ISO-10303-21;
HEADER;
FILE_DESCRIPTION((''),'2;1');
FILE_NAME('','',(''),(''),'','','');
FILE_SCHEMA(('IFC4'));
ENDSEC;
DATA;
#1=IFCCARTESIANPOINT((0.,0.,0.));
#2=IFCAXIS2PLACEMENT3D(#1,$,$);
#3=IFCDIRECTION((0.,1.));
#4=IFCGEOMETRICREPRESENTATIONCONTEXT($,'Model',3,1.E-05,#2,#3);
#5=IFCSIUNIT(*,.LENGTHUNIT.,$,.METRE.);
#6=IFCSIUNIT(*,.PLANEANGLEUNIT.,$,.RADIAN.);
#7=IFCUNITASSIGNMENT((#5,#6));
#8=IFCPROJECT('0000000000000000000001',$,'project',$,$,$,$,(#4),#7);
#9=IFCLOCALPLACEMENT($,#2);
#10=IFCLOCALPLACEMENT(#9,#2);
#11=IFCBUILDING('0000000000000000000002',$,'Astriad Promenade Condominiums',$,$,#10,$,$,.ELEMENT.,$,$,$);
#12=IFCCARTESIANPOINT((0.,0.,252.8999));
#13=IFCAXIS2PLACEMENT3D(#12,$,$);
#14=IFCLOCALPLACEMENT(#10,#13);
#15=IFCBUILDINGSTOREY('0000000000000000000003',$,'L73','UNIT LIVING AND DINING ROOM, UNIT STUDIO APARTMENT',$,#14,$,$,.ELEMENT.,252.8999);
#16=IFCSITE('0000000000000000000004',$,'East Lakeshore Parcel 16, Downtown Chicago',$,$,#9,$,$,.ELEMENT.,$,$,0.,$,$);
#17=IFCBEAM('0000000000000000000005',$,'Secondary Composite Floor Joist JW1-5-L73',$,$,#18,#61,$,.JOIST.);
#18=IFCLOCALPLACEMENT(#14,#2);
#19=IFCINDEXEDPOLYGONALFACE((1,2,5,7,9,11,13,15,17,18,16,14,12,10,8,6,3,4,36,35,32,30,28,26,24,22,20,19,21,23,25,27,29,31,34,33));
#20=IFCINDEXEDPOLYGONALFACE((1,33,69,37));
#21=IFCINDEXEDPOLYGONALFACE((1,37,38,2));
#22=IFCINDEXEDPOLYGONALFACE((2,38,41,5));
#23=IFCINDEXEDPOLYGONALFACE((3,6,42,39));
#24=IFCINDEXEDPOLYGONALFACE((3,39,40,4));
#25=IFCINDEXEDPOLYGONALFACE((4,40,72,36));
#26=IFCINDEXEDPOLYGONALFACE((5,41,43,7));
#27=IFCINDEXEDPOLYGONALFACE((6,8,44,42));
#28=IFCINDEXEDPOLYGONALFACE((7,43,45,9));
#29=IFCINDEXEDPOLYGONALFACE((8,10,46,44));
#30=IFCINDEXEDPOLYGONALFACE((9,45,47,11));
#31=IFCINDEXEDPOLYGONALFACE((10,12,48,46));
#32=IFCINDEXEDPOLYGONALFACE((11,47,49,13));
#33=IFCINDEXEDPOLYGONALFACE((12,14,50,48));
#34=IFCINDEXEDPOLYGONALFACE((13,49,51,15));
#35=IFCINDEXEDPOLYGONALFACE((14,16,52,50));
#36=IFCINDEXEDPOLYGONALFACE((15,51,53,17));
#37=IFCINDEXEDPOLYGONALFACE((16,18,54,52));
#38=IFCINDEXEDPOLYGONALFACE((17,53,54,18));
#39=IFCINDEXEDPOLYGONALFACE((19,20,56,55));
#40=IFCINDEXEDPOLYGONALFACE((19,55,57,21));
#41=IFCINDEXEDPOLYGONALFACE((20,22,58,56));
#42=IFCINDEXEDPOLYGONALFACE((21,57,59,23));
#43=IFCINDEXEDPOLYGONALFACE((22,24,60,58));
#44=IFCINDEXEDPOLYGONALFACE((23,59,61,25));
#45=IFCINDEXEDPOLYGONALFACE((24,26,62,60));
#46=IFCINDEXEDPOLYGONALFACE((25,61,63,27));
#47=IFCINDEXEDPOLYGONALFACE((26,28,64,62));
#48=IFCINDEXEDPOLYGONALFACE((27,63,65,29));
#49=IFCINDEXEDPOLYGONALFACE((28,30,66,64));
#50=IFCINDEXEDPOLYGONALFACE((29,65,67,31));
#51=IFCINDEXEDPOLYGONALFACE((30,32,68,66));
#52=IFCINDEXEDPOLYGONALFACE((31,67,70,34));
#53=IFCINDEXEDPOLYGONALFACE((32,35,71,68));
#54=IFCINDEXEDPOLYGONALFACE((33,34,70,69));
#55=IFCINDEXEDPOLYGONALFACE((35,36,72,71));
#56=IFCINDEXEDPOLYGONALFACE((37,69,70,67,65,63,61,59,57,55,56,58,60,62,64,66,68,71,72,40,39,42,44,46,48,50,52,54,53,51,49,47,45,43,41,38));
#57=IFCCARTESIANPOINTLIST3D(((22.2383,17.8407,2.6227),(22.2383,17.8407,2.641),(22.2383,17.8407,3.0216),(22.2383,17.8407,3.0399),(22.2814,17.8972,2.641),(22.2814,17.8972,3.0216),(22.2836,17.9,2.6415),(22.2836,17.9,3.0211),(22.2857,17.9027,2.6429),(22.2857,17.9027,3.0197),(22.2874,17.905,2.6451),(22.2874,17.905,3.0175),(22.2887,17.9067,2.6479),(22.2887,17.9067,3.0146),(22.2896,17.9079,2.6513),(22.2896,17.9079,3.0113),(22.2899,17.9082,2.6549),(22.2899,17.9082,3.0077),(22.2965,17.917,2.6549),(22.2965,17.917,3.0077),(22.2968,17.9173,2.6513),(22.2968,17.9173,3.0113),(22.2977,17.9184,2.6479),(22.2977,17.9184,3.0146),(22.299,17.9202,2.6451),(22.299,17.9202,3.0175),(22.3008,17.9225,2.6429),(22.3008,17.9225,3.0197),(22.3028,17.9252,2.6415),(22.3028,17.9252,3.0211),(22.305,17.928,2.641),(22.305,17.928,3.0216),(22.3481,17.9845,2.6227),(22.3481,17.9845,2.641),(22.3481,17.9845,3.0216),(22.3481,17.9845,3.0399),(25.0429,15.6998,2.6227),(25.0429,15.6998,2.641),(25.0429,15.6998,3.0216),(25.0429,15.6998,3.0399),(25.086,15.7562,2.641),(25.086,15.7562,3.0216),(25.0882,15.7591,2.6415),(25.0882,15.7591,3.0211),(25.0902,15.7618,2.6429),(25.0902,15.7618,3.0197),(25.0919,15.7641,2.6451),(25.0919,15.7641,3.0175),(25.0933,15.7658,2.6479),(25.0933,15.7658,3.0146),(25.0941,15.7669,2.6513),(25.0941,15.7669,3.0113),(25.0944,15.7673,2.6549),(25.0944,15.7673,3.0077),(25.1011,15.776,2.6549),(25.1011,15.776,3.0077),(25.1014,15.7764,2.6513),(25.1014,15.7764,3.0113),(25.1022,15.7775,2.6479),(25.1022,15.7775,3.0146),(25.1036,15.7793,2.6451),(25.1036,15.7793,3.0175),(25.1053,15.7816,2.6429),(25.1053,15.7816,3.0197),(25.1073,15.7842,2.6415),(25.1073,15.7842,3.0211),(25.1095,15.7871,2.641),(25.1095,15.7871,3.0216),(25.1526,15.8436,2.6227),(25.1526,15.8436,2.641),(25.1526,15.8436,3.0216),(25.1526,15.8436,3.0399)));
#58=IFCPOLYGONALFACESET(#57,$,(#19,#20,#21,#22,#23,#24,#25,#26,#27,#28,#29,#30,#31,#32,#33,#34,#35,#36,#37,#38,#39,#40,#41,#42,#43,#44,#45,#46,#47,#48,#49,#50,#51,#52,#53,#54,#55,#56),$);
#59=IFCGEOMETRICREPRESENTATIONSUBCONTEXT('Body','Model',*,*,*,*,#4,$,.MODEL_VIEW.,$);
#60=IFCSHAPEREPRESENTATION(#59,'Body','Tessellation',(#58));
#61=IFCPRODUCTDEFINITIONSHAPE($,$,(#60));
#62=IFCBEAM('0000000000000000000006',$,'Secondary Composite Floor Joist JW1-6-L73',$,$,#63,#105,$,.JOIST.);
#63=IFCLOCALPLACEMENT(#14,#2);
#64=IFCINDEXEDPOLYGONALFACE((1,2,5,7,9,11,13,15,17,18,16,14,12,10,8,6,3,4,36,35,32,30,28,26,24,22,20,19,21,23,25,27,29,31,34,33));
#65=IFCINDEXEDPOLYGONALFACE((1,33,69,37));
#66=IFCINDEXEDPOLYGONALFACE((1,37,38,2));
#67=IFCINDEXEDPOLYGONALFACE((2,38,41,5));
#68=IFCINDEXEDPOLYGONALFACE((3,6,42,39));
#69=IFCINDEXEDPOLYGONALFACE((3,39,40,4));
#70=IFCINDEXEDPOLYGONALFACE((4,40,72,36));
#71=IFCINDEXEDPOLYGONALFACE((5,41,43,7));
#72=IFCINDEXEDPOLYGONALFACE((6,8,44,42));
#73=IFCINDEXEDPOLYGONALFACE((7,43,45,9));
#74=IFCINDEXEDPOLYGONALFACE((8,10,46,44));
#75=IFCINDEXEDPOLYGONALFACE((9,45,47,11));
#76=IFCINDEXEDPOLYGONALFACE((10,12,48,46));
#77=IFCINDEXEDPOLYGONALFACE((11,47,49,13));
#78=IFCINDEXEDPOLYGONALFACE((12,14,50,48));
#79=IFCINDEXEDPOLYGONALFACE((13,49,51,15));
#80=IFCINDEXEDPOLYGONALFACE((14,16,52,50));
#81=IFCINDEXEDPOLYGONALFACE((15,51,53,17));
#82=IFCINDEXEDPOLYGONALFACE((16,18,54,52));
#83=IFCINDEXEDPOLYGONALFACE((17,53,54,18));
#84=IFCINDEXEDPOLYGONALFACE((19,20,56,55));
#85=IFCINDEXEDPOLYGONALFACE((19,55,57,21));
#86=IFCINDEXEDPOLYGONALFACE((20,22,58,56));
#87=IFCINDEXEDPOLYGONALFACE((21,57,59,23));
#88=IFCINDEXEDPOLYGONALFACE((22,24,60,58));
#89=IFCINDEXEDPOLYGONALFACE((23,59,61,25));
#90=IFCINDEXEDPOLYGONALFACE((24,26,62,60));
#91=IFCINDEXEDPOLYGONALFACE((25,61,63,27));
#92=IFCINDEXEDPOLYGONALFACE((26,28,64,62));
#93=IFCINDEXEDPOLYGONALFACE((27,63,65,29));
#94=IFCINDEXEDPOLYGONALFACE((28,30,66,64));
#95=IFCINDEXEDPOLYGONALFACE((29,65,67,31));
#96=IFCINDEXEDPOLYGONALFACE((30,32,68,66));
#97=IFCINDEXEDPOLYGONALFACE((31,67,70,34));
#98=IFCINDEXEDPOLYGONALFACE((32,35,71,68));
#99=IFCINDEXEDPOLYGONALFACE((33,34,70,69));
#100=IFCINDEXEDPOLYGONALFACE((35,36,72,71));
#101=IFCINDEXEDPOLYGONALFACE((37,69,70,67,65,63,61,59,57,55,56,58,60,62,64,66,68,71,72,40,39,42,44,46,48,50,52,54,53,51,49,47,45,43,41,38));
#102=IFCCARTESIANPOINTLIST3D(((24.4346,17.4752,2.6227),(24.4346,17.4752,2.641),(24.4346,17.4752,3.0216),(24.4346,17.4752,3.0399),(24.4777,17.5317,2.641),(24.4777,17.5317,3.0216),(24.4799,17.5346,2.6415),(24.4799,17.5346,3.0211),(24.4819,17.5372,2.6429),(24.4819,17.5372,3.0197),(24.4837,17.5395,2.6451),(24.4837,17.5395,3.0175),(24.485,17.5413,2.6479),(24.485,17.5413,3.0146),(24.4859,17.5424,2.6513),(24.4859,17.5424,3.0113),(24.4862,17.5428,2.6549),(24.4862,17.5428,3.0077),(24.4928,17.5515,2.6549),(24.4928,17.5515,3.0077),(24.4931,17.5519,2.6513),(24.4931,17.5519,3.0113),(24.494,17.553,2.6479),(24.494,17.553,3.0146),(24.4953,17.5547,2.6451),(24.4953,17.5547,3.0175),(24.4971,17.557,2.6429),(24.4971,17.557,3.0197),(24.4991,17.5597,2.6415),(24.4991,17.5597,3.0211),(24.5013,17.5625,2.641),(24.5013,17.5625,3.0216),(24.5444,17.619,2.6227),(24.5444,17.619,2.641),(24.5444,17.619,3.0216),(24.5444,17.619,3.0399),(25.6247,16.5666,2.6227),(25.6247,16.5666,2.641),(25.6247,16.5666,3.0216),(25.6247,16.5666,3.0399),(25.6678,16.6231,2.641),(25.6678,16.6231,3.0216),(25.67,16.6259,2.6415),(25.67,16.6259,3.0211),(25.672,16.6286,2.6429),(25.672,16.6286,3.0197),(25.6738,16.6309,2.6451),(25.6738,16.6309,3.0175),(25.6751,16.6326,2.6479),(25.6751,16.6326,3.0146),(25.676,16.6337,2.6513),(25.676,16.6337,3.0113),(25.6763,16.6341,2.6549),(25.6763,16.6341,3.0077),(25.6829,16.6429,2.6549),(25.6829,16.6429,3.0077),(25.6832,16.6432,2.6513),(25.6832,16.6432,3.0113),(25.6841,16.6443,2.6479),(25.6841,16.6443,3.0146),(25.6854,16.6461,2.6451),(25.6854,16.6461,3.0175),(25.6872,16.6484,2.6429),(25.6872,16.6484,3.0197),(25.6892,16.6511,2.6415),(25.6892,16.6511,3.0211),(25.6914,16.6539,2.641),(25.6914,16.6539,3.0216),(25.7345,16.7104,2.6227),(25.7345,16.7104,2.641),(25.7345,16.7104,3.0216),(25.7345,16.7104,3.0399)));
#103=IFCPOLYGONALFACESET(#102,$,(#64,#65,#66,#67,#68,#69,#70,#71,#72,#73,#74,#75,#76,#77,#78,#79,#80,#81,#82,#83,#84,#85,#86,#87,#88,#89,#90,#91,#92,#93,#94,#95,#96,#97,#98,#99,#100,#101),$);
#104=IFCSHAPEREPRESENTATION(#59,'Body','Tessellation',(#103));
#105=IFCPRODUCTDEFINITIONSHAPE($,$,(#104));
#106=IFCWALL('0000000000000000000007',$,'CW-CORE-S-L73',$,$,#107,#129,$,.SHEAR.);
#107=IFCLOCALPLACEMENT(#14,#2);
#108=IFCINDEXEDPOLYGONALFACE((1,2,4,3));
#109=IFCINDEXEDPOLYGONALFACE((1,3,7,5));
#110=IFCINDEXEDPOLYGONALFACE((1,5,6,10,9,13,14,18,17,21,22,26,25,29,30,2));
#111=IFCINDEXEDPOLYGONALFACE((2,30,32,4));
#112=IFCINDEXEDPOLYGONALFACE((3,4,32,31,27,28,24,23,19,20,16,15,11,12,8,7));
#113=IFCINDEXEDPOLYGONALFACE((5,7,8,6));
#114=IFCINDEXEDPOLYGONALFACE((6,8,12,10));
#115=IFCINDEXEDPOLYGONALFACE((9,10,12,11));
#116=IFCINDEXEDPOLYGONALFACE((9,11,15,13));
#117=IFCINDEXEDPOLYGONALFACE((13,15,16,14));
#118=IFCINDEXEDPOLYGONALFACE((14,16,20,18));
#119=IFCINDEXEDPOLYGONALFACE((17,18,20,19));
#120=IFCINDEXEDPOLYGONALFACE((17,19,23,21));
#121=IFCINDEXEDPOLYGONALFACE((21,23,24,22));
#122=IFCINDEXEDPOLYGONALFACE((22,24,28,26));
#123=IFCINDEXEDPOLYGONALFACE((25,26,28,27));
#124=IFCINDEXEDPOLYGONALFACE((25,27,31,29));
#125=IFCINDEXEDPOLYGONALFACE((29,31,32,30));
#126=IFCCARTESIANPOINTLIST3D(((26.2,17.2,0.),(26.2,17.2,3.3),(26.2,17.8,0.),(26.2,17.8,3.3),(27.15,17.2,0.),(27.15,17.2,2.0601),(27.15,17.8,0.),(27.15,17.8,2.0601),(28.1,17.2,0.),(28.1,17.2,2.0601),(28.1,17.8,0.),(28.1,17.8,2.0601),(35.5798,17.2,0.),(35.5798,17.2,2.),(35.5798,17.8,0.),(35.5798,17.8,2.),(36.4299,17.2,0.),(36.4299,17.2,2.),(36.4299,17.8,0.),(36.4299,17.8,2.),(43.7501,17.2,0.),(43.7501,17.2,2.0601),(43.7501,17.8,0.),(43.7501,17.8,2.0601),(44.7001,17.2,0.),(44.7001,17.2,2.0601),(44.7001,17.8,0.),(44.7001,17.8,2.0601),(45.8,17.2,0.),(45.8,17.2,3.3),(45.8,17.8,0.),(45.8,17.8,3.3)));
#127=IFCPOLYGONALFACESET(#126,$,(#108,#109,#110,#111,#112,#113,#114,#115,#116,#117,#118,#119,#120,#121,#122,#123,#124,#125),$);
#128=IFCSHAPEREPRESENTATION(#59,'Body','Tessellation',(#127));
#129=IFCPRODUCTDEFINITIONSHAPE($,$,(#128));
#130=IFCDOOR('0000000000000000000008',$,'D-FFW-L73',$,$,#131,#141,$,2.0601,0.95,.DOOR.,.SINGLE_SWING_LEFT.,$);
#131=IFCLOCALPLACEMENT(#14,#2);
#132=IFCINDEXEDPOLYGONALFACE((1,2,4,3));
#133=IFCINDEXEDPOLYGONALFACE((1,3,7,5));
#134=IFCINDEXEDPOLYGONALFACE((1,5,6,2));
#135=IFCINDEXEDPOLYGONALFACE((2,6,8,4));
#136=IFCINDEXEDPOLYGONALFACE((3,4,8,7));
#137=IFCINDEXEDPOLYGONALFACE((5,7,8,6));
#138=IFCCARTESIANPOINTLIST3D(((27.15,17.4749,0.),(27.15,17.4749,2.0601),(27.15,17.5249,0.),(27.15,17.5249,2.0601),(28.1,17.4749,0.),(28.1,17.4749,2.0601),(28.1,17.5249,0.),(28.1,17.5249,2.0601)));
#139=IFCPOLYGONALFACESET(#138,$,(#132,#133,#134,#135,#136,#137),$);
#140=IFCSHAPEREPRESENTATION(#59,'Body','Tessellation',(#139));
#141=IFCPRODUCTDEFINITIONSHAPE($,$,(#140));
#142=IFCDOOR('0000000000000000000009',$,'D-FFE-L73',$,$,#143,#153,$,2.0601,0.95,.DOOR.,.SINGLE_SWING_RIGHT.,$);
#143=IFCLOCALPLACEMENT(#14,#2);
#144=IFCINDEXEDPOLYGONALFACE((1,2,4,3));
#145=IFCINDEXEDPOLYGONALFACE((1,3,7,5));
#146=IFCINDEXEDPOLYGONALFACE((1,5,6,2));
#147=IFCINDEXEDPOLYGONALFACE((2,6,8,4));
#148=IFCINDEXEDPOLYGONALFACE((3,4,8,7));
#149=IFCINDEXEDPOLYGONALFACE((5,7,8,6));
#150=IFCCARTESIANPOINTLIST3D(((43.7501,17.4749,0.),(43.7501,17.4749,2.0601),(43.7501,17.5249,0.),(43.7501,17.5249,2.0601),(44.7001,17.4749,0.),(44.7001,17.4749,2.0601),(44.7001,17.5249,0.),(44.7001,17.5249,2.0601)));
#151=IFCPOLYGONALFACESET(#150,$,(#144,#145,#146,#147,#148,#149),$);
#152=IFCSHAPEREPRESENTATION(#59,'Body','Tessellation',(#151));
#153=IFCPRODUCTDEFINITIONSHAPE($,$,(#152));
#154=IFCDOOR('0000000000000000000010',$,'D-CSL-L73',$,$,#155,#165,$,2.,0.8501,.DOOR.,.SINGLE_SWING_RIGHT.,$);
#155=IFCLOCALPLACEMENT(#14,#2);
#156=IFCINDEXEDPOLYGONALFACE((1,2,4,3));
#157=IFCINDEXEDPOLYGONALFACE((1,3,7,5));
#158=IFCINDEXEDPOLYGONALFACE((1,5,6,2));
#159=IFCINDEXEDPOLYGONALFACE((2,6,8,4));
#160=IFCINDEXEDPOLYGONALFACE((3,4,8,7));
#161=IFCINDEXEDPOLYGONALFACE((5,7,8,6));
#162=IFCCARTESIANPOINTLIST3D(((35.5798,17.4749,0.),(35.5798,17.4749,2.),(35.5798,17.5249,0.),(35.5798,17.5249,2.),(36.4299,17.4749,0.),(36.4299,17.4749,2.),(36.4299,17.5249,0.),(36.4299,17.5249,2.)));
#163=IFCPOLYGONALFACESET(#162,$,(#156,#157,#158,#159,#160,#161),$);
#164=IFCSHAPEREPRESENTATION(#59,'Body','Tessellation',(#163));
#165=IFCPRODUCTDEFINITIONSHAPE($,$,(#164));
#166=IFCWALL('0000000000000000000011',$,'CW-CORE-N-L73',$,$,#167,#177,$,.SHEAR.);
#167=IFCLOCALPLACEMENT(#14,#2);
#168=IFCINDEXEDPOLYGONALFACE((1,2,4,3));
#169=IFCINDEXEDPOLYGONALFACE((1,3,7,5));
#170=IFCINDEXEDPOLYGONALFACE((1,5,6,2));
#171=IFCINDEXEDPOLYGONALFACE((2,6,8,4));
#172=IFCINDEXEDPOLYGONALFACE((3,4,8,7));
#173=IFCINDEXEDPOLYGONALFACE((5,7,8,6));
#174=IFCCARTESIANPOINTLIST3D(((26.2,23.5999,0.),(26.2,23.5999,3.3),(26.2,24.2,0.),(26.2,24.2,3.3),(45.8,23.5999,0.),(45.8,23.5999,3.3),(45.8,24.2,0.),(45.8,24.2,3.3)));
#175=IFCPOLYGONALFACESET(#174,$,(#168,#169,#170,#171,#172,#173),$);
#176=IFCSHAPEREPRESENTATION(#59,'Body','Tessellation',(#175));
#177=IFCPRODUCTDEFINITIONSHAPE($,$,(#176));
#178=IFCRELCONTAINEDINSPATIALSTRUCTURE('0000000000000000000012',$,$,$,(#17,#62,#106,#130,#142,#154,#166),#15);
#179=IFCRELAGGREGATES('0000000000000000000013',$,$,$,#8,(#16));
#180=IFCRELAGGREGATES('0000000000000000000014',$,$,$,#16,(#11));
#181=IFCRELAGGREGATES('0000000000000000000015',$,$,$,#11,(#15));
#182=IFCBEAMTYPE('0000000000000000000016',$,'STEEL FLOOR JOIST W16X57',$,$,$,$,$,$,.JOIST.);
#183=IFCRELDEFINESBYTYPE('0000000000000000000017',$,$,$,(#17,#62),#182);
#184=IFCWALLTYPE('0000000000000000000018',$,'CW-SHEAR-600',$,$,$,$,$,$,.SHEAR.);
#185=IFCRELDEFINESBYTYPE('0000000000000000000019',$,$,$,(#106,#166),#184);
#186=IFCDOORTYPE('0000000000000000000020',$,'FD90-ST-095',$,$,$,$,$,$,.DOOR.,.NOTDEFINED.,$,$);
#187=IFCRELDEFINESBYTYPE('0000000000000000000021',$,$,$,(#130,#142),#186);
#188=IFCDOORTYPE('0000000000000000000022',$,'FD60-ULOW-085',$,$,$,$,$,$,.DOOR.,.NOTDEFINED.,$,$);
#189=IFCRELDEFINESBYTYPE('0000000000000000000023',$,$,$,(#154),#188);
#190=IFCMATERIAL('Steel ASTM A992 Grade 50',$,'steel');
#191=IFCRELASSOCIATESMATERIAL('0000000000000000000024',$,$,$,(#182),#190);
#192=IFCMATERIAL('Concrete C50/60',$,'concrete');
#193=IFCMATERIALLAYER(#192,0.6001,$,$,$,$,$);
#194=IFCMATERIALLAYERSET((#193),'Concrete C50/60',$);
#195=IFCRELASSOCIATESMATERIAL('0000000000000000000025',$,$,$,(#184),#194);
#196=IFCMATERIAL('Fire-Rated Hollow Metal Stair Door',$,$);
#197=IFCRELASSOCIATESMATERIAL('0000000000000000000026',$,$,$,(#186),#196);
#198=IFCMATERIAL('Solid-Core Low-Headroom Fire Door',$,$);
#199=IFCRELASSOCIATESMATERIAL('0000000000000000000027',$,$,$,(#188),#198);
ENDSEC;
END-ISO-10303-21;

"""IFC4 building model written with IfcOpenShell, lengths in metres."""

from ifc_helpers import new_model, si_unit, direction, frame, frame_2d, origin, origin_2d, place, context, subcontext, project, spatial, rectangle, i_section, extrude, source, transform, mapped, material, layer, layer_set, material_profile, profile_set, type_object, type_shapes, element, fill, save


model = new_model("IFC4")

# Units and contexts
model_context = context("Model", 3, precision=1e-05, world=origin(), true_north=direction((0.0, 1.0)))
body_context = subcontext(model_context, "Body", "Model", "MODEL_VIEW")
ifc_project = project(units=[si_unit("LENGTHUNIT", "METRE"), si_unit("PLANEANGLEUNIT", "RADIAN")], contexts=[model_context])

# Site, building, storey
site_placement = place(None, origin())
site = spatial("IfcSite", under=ifc_project, at=site_placement, Name="East Lakeshore Parcel 16, Downtown Chicago", CompositionType="ELEMENT", RefElevation=0.0)
building_placement = place(site_placement, origin())
building = spatial("IfcBuilding", under=site, at=building_placement, Name="Astriad Promenade Condominiums", CompositionType="ELEMENT")
storey_placement = place(building_placement, frame((0.0, 0.0, 252.8999)))
storey = spatial("IfcBuildingStorey", under=building, at=storey_placement, Name="L73", Description="UNIT LIVING AND DINING ROOM, UNIT STUDIO APARTMENT", CompositionType="ELEMENT", Elevation=252.8999)

# Shared definitions
ifc_material_1 = material(Name="Steel ASTM A992 Grade 50", Category="steel")
ifc_material_2 = material(Name="Concrete C50/60", Category="concrete")

# Beams
ifc_material_profile_1 = material_profile(ifc_material_1, i_section(OverallWidth=0.1809, OverallDepth=0.4172, WebThickness=0.011, FlangeThickness=0.0183, FilletRadius=0.0139, at=origin_2d()), Name="W16X57")
ifc_profile_set_1 = profile_set([ifc_material_profile_1], Name="Steel ASTM A992 Grade 50")
beam_type_1 = type_object("IfcBeamType", Name="STEEL FLOOR JOIST W16X57", PredefinedType="JOIST", material=ifc_profile_set_1)
shared_shape_1 = source(origin(), body_context, "Body", "SweptSolid", [
    extrude(i_section(OverallWidth=0.1809, OverallDepth=0.4172, WebThickness=0.011, FlangeThickness=0.0183, FilletRadius=0.0139, at=origin_2d()), origin(), (0.0, 0.0, 1.0), 3.5283),
])
beam_1_placement = place(storey_placement, frame((22.2932, 17.9126, 2.8313), z_axis=(0.794864, -0.606787, 0.0), x_axis=(0.606787, 0.794864, 0.0)))
element("IfcBeam", 1, at=beam_1_placement, inside=storey, type_object=beam_type_1, Name="Secondary Composite Floor Joist JW1-5-L73", PredefinedType="JOIST", context=body_context, shape_type="MappedRepresentation", body=[
    mapped(shared_shape_1, transform((0.0, 0.0, 0.0), scale=1.0)),
])
shared_shape_2 = source(origin(), body_context, "Body", "SweptSolid", [
    extrude(i_section(OverallWidth=0.1809, OverallDepth=0.4172, WebThickness=0.011, FlangeThickness=0.0183, FilletRadius=0.0139, at=origin_2d()), origin(), (0.0, 0.0, 1.0), 1.4973),
])
type_shapes(beam_type_1, [shared_shape_1, shared_shape_2])
beam_2_placement = place(storey_placement, frame((24.4895, 17.5471, 2.8313), z_axis=(0.794825, -0.606839, 0.0), x_axis=(0.606839, 0.794825, 0.0)))
element("IfcBeam", 2, at=beam_2_placement, inside=storey, type_object=beam_type_1, Name="Secondary Composite Floor Joist JW1-6-L73", PredefinedType="JOIST", context=body_context, shape_type="MappedRepresentation", body=[
    mapped(shared_shape_2, transform((0.0, 0.0, 0.0), scale=1.0)),
])

# Wall, openings, doors
ifc_layer_1 = layer(ifc_material_2, 0.6001)
ifc_layer_set_1 = layer_set([ifc_layer_1], Name="Concrete C50/60")
wall_type_1 = type_object("IfcWallType", Name="CW-SHEAR-600", PredefinedType="SHEAR", material=ifc_layer_set_1)
wall_1_placement = place(storey_placement, frame((26.2, 17.5, 0.0), z_axis=(0.0, 0.0, 1.0), x_axis=(1.0, 0.0, 0.0)))
wall_1 = element("IfcWall", 3, at=wall_1_placement, inside=storey, type_object=wall_type_1, Name="CW-CORE-S-L73", PredefinedType="SHEAR", context=body_context, shape_type="SweptSolid", body=[
    extrude(rectangle(XDim=19.6001, YDim=0.6001, at=frame_2d((9.8, 0.0))), origin(), (0.0, 0.0, 1.0), 3.3),
])
opening_1_placement = place(wall_1_placement, frame((0.95, 0.0, 0.0)))
opening_1 = element("IfcOpeningElement", 4, at=opening_1_placement, cuts=wall_1, PredefinedType="OPENING", context=body_context, shape_type="SweptSolid", body=[
    extrude(rectangle(XDim=0.95, YDim=2.0601, at=frame_2d((0.4751, 1.03))), frame((0.0, 0.3101, 0.0), z_axis=(0.0, -1.0, 0.0), x_axis=(1.0, 0.0, 0.0)), (0.0, 0.0, 1.0), 0.6201),
])
opening_2_placement = place(wall_1_placement, frame((9.3799, 0.0, 0.0)))
opening_2 = element("IfcOpeningElement", 5, at=opening_2_placement, cuts=wall_1, PredefinedType="OPENING", context=body_context, shape_type="SweptSolid", body=[
    extrude(rectangle(XDim=0.8501, YDim=2.0, at=frame_2d((0.425, 1.0))), frame((0.0, 0.3101, 0.0), z_axis=(0.0, -1.0, 0.0), x_axis=(1.0, 0.0, 0.0)), (0.0, 0.0, 1.0), 0.6201),
])
opening_3_placement = place(wall_1_placement, frame((17.55, 0.0, 0.0)))
opening_3 = element("IfcOpeningElement", 6, at=opening_3_placement, cuts=wall_1, PredefinedType="OPENING", context=body_context, shape_type="SweptSolid", body=[
    extrude(rectangle(XDim=0.95, YDim=2.0601, at=frame_2d((0.4751, 1.03))), frame((0.0, 0.3101, 0.0), z_axis=(0.0, -1.0, 0.0), x_axis=(1.0, 0.0, 0.0)), (0.0, 0.0, 1.0), 0.6201),
])
ifc_material_3 = material(Name="Fire-Rated Hollow Metal Stair Door")
door_type_1 = type_object("IfcDoorType", Name="FD90-ST-095", OperationType="NOTDEFINED", PredefinedType="DOOR", material=ifc_material_3)
shared_shape_3 = source(origin(), body_context, "Body", "SweptSolid", [
    extrude(rectangle(XDim=0.95, YDim=2.0601, at=frame_2d((0.4751, 1.03))), frame((0.0, 0.0249, 0.0), z_axis=(0.0, -1.0, 0.0), x_axis=(1.0, 0.0, 0.0)), (0.0, 0.0, 1.0), 0.05),
])
type_shapes(door_type_1, [shared_shape_3])
door_1_placement = place(opening_1_placement, origin())
door_1 = element("IfcDoor", 7, at=door_1_placement, inside=storey, type_object=door_type_1, Name="D-FFW-L73", OperationType="SINGLE_SWING_LEFT", OverallHeight=2.0601, OverallWidth=0.95, PredefinedType="DOOR", context=body_context, shape_type="MappedRepresentation", body=[
    mapped(shared_shape_3, transform((0.0, 0.0, 0.0), scale=1.0)),
])
fill(opening_1, door_1)
door_2_placement = place(opening_3_placement, origin())
door_2 = element("IfcDoor", 8, at=door_2_placement, inside=storey, type_object=door_type_1, Name="D-FFE-L73", OperationType="SINGLE_SWING_RIGHT", OverallHeight=2.0601, OverallWidth=0.95, PredefinedType="DOOR", context=body_context, shape_type="MappedRepresentation", body=[
    mapped(shared_shape_3, transform((0.0, 0.0, 0.0), scale=1.0)),
])
fill(opening_3, door_2)
ifc_material_4 = material(Name="Solid-Core Low-Headroom Fire Door")
door_type_2 = type_object("IfcDoorType", Name="FD60-ULOW-085", OperationType="NOTDEFINED", PredefinedType="DOOR", material=ifc_material_4)
shared_shape_4 = source(origin(), body_context, "Body", "SweptSolid", [
    extrude(rectangle(XDim=0.8501, YDim=2.0, at=frame_2d((0.425, 1.0))), frame((0.0, 0.0249, 0.0), z_axis=(0.0, -1.0, 0.0), x_axis=(1.0, 0.0, 0.0)), (0.0, 0.0, 1.0), 0.05),
])
type_shapes(door_type_2, [shared_shape_4])
door_3_placement = place(opening_2_placement, origin())
door_3 = element("IfcDoor", 9, at=door_3_placement, inside=storey, type_object=door_type_2, Name="D-CSL-L73", OperationType="SINGLE_SWING_RIGHT", OverallHeight=2.0, OverallWidth=0.8501, PredefinedType="DOOR", context=body_context, shape_type="MappedRepresentation", body=[
    mapped(shared_shape_4, transform((0.0, 0.0, 0.0), scale=1.0)),
])
fill(opening_2, door_3)

# Wall
wall_2_placement = place(storey_placement, frame((26.2, 23.8999, 0.0), z_axis=(0.0, 0.0, 1.0), x_axis=(1.0, 0.0, 0.0)))
element("IfcWall", 10, at=wall_2_placement, inside=storey, type_object=wall_type_1, Name="CW-CORE-N-L73", PredefinedType="SHEAR", context=body_context, shape_type="SweptSolid", body=[
    extrude(rectangle(XDim=19.6001, YDim=0.6001, at=frame_2d((9.8, 0.0))), origin(), (0.0, 0.0, 1.0), 3.3),
])

save(model, "model.ifc")
